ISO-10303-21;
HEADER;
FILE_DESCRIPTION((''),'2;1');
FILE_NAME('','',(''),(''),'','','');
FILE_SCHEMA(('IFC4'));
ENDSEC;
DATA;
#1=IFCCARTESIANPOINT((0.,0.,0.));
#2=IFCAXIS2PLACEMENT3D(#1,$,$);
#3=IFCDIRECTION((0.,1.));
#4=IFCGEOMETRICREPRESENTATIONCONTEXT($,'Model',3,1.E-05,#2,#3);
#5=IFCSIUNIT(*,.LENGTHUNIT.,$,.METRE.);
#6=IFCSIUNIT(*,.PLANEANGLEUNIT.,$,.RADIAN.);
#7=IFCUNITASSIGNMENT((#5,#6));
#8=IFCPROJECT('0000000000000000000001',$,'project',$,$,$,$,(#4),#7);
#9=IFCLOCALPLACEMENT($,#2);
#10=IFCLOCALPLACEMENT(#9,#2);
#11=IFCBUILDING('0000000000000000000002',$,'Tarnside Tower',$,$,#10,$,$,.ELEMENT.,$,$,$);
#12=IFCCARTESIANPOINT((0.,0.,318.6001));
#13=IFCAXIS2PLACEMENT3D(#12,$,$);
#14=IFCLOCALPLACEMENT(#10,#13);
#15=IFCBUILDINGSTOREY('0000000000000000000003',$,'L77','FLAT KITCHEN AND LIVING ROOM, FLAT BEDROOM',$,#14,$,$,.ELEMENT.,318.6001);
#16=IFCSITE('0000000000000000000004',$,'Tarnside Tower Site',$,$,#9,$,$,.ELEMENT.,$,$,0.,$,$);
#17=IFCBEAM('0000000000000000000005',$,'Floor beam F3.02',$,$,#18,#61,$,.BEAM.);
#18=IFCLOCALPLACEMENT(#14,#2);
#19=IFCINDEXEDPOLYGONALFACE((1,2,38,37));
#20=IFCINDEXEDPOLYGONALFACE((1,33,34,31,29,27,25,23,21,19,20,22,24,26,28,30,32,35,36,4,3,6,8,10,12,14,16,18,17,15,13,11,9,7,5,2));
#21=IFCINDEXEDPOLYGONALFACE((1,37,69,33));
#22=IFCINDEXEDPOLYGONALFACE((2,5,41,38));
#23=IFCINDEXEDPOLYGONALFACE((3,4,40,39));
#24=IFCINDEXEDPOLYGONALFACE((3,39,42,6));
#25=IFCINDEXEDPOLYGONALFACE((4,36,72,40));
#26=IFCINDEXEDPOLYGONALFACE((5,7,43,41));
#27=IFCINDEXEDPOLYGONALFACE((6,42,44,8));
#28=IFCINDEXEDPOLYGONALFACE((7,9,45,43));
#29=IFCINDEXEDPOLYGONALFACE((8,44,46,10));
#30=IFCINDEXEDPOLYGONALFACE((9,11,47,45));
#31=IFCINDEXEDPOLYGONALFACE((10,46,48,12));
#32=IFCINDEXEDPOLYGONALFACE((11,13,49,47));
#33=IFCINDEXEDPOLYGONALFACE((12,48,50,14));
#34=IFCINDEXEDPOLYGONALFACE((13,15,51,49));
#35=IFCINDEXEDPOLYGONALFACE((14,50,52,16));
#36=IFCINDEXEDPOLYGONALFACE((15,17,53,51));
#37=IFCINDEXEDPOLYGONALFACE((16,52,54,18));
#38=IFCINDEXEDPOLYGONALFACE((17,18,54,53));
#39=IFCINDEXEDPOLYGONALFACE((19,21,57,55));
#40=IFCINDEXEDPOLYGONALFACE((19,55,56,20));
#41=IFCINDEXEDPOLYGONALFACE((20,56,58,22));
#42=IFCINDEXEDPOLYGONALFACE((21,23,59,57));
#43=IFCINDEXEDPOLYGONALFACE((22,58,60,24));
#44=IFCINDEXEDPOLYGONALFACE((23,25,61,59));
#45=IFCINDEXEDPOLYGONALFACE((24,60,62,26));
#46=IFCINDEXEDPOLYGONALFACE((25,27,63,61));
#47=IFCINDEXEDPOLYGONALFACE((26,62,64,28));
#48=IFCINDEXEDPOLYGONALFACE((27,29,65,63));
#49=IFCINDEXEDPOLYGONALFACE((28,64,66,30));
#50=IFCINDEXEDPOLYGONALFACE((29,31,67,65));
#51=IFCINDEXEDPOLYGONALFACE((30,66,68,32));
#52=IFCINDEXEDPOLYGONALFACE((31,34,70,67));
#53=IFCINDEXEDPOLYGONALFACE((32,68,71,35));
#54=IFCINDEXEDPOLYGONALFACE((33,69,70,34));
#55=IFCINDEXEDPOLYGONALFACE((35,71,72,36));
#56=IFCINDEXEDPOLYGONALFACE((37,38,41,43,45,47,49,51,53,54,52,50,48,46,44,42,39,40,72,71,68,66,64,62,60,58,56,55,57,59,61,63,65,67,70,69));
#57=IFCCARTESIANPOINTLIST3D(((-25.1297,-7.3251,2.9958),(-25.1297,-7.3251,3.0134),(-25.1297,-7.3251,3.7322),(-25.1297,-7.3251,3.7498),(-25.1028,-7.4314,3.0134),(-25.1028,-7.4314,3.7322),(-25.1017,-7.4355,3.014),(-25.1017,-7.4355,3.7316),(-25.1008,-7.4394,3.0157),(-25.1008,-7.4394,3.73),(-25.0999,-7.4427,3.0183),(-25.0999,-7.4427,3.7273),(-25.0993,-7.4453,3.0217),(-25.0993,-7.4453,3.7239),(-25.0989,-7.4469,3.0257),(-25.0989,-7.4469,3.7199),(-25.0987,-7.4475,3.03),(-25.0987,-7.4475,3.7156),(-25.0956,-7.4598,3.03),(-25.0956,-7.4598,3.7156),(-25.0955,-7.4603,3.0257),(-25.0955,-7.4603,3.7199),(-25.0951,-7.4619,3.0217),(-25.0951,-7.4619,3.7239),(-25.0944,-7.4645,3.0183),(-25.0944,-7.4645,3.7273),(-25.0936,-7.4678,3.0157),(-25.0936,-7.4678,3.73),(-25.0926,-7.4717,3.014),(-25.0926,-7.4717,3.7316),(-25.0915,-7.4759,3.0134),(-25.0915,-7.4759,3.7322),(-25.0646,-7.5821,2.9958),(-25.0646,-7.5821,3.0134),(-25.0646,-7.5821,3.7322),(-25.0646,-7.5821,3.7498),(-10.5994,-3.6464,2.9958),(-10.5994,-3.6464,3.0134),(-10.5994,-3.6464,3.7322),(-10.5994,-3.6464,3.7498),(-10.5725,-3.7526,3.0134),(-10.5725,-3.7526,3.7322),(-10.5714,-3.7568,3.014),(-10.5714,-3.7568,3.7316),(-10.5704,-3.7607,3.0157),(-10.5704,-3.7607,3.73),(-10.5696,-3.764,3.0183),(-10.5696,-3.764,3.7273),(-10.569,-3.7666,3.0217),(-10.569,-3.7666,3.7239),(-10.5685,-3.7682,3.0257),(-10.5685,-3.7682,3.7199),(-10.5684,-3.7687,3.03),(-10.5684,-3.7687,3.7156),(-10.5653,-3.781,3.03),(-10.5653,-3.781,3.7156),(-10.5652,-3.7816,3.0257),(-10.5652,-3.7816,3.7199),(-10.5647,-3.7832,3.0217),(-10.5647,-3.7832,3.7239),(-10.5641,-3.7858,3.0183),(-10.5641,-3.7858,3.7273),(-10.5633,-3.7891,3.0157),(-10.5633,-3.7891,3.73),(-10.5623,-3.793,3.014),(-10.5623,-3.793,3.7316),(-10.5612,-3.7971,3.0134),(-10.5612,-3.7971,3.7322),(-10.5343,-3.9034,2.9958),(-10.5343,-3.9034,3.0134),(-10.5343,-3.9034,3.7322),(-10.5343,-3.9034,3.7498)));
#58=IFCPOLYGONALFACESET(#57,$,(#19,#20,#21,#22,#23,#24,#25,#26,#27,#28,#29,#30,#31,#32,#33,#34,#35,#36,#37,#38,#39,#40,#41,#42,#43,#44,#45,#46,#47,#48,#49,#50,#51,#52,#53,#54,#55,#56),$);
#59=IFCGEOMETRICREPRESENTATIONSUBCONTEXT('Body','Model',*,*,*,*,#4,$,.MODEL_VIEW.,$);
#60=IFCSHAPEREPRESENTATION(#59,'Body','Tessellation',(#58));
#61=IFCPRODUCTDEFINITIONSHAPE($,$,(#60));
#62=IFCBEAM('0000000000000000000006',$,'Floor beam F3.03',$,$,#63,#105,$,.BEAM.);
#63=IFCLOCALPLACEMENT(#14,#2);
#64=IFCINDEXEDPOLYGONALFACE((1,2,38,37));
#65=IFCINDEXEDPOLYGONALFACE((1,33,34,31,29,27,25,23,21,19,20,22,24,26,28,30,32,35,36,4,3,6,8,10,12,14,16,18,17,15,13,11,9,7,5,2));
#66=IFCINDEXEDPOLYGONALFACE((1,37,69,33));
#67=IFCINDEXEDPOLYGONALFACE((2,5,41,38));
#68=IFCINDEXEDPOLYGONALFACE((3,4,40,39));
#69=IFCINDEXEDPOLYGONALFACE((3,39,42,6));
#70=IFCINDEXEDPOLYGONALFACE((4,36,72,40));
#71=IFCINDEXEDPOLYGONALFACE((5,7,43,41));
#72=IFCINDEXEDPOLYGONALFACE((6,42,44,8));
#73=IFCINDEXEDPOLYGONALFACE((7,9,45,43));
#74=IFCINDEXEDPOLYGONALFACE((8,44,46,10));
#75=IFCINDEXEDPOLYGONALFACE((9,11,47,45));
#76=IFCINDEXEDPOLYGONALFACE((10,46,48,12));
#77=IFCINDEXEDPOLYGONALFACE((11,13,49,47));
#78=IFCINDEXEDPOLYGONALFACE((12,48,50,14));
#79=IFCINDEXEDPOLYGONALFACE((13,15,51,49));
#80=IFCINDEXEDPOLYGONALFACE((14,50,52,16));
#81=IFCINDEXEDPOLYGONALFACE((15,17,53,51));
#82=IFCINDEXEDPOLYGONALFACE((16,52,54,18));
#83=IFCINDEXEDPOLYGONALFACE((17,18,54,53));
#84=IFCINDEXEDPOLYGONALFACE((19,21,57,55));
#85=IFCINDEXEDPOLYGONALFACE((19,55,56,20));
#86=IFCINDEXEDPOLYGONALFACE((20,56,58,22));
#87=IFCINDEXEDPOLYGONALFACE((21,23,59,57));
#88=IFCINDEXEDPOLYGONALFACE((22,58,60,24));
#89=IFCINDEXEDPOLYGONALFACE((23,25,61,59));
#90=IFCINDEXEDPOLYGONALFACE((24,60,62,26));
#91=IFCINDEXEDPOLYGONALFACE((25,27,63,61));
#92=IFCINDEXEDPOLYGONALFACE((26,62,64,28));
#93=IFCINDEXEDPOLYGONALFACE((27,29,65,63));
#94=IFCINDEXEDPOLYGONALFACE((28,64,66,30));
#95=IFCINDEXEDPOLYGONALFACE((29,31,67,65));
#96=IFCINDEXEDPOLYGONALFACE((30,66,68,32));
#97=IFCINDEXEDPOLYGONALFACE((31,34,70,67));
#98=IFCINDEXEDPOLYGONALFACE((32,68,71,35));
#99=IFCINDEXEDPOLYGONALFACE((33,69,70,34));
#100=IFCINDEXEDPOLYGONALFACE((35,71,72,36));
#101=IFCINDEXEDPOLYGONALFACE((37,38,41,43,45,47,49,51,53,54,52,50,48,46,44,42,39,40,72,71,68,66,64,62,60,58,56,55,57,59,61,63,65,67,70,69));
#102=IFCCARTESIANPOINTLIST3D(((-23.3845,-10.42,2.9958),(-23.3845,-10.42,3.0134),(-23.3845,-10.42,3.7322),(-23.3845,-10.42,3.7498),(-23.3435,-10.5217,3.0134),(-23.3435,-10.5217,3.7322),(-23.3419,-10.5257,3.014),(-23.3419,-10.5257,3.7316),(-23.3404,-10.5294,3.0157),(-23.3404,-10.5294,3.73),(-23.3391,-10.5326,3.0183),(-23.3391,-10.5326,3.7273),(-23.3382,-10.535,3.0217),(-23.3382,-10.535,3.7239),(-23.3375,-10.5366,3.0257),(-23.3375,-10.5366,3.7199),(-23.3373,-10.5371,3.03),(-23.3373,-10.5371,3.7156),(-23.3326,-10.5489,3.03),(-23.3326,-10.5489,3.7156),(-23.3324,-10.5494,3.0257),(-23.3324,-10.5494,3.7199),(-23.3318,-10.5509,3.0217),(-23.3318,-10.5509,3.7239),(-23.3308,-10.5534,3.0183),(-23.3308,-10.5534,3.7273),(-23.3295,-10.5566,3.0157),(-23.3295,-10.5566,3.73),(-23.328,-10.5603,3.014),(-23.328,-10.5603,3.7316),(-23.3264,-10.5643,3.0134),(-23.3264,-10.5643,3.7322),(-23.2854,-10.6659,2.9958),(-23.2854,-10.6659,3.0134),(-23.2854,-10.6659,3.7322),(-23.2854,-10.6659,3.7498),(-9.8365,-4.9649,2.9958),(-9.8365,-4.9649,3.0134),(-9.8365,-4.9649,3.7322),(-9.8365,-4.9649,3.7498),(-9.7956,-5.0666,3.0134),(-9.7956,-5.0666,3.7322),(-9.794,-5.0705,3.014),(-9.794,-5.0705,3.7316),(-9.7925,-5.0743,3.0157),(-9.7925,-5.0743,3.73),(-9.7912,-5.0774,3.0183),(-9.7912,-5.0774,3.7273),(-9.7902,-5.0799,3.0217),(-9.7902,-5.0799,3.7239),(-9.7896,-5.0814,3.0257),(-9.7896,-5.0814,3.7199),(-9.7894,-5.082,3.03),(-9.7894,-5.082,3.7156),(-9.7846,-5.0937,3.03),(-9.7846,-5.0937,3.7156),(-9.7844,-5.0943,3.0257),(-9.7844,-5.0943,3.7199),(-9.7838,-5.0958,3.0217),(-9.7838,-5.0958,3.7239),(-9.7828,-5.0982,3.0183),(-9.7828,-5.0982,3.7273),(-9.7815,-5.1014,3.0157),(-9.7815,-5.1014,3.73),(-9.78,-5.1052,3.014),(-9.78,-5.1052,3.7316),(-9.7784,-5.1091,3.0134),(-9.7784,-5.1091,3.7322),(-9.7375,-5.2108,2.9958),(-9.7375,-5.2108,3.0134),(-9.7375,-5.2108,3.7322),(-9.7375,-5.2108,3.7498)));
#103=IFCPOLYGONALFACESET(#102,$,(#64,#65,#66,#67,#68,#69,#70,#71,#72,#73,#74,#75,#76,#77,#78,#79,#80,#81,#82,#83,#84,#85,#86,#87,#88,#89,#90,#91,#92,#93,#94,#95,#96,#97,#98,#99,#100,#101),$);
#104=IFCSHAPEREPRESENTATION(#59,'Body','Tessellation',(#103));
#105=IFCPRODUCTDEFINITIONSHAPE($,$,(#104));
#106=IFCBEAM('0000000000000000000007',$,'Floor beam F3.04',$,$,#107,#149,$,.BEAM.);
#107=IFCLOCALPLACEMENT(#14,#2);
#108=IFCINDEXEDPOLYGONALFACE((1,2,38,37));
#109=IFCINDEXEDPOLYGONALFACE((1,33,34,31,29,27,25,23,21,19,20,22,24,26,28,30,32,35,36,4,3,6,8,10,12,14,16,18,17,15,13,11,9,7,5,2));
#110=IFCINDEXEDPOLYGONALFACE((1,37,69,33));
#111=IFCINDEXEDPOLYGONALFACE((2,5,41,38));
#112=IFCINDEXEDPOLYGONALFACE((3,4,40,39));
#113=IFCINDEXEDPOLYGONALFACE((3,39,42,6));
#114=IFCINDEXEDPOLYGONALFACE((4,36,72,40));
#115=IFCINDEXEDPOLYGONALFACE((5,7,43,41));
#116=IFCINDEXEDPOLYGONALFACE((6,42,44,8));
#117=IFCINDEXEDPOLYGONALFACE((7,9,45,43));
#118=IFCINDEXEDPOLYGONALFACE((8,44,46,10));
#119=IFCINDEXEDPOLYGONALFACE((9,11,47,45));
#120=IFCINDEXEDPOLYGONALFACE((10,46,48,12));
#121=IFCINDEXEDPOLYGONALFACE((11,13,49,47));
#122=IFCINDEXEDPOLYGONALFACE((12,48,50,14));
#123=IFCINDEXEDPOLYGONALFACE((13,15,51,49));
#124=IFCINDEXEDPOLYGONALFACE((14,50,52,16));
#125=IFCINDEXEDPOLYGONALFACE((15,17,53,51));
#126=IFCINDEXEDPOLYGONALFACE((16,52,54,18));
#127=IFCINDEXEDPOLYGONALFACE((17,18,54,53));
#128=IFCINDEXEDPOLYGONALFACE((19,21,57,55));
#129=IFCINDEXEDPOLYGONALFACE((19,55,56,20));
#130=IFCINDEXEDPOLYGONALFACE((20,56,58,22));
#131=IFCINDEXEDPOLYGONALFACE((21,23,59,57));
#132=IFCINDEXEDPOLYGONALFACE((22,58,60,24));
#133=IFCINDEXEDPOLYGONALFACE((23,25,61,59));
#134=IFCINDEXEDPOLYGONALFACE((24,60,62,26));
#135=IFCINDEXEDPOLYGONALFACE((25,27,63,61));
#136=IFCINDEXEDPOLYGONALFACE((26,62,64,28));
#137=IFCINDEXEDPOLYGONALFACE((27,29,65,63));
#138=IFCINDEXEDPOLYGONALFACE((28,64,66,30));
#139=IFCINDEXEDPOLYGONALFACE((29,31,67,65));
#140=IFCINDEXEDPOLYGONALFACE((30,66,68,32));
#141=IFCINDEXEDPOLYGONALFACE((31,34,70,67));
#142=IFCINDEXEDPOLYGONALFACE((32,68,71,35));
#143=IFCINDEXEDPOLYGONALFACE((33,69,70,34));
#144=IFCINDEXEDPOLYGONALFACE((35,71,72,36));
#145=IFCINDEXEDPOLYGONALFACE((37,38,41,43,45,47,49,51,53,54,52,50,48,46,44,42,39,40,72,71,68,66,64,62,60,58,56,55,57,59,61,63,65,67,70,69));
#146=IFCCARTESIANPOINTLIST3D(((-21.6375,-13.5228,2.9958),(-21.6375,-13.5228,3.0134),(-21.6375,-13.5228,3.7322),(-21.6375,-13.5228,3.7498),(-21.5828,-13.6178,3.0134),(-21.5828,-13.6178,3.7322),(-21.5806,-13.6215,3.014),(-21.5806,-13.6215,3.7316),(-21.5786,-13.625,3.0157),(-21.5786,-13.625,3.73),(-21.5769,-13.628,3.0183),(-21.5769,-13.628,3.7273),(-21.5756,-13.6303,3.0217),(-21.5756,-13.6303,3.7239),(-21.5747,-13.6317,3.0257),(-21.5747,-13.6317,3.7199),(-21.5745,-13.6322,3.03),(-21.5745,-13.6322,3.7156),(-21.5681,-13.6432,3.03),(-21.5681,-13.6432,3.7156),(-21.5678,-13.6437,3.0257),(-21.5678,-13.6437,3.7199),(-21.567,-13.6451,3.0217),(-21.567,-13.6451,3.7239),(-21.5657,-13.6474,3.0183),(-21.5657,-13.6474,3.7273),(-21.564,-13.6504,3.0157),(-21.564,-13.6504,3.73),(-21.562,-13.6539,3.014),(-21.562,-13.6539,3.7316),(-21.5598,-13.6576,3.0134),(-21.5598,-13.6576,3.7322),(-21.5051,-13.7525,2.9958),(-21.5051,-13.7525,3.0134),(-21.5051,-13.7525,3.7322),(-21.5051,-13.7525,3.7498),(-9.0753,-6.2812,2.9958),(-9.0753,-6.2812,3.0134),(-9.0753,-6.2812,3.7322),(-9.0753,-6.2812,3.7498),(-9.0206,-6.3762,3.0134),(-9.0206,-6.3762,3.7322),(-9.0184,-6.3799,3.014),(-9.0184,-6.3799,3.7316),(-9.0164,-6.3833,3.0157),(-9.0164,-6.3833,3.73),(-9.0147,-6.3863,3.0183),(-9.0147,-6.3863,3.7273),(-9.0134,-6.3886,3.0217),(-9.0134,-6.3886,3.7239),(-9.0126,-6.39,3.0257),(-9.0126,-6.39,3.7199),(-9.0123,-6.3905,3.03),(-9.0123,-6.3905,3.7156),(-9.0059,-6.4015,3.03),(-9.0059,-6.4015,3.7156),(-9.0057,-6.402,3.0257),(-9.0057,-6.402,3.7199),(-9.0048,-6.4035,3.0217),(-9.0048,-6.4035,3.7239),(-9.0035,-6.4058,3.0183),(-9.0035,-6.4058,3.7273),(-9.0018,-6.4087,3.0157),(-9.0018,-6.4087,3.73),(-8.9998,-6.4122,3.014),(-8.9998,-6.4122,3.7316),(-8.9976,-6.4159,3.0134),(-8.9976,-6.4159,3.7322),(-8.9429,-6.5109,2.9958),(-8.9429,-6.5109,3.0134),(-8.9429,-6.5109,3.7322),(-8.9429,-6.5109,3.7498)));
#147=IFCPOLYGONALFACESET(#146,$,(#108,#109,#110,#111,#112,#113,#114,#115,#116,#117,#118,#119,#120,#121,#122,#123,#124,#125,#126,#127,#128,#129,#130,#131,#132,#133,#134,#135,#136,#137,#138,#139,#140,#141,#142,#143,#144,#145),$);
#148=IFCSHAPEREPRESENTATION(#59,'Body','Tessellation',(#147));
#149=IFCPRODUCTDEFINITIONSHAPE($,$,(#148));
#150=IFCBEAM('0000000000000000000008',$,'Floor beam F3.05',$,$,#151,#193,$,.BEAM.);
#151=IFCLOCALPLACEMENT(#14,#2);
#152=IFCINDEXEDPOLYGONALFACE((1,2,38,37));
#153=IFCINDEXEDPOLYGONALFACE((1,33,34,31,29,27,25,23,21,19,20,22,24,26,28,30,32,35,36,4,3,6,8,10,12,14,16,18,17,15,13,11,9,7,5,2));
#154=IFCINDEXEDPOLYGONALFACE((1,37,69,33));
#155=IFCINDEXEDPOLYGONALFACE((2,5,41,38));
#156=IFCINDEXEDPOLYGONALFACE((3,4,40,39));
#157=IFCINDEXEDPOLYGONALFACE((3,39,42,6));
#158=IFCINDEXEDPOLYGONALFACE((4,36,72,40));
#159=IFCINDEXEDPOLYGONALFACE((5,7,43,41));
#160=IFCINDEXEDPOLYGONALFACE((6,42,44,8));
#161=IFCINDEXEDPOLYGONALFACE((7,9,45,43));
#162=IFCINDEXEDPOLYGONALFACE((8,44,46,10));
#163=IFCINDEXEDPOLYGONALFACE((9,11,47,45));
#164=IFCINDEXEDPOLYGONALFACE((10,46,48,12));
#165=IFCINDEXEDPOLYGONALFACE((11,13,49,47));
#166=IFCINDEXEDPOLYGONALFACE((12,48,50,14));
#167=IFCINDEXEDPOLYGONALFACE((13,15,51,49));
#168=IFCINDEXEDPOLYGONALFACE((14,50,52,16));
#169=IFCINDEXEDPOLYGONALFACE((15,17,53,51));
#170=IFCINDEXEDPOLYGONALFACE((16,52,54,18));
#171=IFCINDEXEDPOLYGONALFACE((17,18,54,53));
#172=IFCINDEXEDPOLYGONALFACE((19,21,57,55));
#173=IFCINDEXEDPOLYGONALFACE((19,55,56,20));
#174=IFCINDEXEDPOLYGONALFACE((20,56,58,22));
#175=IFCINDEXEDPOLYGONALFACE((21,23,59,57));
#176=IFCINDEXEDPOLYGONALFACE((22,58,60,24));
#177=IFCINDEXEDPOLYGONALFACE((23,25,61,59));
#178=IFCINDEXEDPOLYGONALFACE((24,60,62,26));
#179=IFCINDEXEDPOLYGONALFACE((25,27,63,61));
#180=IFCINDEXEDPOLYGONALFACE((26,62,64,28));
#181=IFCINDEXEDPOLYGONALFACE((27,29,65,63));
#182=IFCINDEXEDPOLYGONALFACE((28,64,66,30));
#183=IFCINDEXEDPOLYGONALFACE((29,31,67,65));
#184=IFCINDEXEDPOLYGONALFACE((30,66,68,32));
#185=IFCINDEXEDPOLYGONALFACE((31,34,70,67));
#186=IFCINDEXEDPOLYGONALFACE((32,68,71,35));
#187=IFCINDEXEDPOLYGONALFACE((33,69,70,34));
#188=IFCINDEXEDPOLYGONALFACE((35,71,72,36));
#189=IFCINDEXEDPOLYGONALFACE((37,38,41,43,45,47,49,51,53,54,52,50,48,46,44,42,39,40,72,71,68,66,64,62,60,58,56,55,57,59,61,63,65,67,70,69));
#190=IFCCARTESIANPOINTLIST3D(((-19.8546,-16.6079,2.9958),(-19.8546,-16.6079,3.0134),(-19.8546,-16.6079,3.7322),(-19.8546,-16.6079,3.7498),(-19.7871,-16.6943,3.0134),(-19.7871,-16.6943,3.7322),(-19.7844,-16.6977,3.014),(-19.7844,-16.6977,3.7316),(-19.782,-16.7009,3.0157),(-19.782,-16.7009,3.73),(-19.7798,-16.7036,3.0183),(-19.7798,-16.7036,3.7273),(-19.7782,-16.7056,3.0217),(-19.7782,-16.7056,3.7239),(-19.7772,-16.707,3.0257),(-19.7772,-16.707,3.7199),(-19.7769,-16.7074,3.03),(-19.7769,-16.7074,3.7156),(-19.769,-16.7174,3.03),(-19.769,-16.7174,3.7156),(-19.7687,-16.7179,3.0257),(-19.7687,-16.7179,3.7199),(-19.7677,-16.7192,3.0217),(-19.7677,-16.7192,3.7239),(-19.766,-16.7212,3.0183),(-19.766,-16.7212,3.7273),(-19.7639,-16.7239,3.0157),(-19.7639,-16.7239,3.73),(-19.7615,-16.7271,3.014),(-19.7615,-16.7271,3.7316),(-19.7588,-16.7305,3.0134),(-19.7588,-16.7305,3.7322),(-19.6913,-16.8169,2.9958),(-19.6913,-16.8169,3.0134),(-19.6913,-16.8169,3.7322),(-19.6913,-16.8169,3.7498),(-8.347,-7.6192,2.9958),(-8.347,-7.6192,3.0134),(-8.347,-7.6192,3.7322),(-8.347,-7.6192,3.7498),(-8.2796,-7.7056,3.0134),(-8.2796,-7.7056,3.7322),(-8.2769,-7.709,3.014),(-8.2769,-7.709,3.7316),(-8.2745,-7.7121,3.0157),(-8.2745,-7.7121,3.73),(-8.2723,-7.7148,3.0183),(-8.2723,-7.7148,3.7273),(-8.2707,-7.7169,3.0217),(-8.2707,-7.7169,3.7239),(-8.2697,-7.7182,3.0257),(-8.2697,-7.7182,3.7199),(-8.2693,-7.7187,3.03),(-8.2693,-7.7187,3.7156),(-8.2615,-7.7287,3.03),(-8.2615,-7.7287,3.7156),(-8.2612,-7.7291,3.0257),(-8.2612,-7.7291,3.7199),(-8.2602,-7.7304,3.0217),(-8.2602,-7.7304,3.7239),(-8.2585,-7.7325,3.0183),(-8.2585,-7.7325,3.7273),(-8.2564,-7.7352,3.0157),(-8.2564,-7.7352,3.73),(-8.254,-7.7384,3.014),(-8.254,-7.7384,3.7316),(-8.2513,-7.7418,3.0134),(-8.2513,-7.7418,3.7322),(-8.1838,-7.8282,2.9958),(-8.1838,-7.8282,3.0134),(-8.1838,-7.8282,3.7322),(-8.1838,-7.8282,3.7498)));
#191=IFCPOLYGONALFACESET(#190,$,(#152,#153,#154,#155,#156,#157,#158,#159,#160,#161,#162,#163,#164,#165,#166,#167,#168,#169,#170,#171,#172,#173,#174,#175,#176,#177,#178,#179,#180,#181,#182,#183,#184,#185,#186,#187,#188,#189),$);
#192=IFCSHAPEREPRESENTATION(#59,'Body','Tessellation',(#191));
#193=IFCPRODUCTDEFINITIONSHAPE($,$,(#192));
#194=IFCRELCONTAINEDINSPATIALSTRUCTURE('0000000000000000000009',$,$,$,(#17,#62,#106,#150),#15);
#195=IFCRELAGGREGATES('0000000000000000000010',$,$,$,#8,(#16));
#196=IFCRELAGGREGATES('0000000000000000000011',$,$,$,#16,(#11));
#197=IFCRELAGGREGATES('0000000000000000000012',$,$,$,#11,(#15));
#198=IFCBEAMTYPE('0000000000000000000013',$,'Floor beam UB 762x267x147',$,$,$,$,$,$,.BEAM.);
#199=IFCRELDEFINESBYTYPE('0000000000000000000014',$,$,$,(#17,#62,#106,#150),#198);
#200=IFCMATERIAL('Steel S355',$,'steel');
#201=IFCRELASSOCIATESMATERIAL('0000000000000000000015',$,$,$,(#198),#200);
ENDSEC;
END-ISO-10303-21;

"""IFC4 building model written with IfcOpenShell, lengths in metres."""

from ifc_helpers import new_model, si_unit, direction, frame, origin, origin_2d, place, context, subcontext, project, spatial, i_section, extrude, material, material_profile, profile_set, type_object, element, save


model = new_model("IFC4")

# Units and contexts
model_context = context("Model", 3, precision=1e-05, world=origin(), true_north=direction((0.0, 1.0)))
body_context = subcontext(model_context, "Body", "Model", "MODEL_VIEW")
ifc_project = project(units=[si_unit("LENGTHUNIT", "METRE"), si_unit("PLANEANGLEUNIT", "RADIAN")], contexts=[model_context])

# Site, building, storey
site_placement = place(None, origin())
site = spatial("IfcSite", under=ifc_project, at=site_placement, Name="Tarnside Tower Site", CompositionType="ELEMENT", RefElevation=0.0)
building_placement = place(site_placement, origin())
building = spatial("IfcBuilding", under=site, at=building_placement, Name="Tarnside Tower", CompositionType="ELEMENT")
storey_placement = place(building_placement, frame((0.0, 0.0, 318.6001)))
storey = spatial("IfcBuildingStorey", under=building, at=storey_placement, Name="L77", Description="FLAT KITCHEN AND LIVING ROOM, FLAT BEDROOM", CompositionType="ELEMENT", Elevation=318.6001)

# Beams
ifc_material_1 = material(Name="Steel S355", Category="steel")
ifc_material_profile_1 = material_profile(ifc_material_1, i_section(OverallWidth=0.2651, OverallDepth=0.7539, WebThickness=0.0127, FlangeThickness=0.0176, FilletRadius=0.0166, at=origin_2d()), Name="UB 762x267x147")
ifc_profile_set_1 = profile_set([ifc_material_profile_1], Name="Steel S355")
beam_type_1 = type_object("IfcBeamType", Name="Floor beam UB 762x267x147", PredefinedType="BEAM", material=ifc_profile_set_1)
beam_1_placement = place(storey_placement, frame((-25.0972, -7.4536, 3.3728), z_axis=(0.969414, 0.245432, 0.0), x_axis=(-0.245432, 0.969414, 0.0)))
element("IfcBeam", 1, at=beam_1_placement, inside=storey, type_object=beam_type_1, Name="Floor beam F3.02", PredefinedType="BEAM", context=body_context, shape_type="SweptSolid", body=[
    extrude(i_section(OverallWidth=0.2651, OverallDepth=0.7539, WebThickness=0.0127, FlangeThickness=0.0176, FilletRadius=0.0166, at=origin_2d()), origin(), (0.0, 0.0, 1.0), 14.9888),
])
beam_2_placement = place(storey_placement, frame((-23.335, -10.543, 3.3728), z_axis=(0.927626, 0.373511, 0.0), x_axis=(-0.373511, 0.927626, 0.0)))
element("IfcBeam", 2, at=beam_2_placement, inside=storey, type_object=beam_type_1, Name="Floor beam F3.03", PredefinedType="BEAM", context=body_context, shape_type="SweptSolid", body=[
    extrude(i_section(OverallWidth=0.2651, OverallDepth=0.7539, WebThickness=0.0127, FlangeThickness=0.0176, FilletRadius=0.0166, at=origin_2d()), origin(), (0.0, 0.0, 1.0), 14.605),
])
beam_3_placement = place(storey_placement, frame((-21.5713, -13.6377, 3.3728), z_axis=(0.866357, 0.499425, 0.0), x_axis=(-0.499425, 0.866357, 0.0)))
element("IfcBeam", 3, at=beam_3_placement, inside=storey, type_object=beam_type_1, Name="Floor beam F3.04", PredefinedType="BEAM", context=body_context, shape_type="SweptSolid", body=[
    extrude(i_section(OverallWidth=0.2651, OverallDepth=0.7539, WebThickness=0.0127, FlangeThickness=0.0176, FilletRadius=0.0166, at=origin_2d()), origin(), (0.0, 0.0, 1.0), 14.5),
])
beam_4_placement = place(storey_placement, frame((-19.7729, -16.7124, 3.3728), z_axis=(0.788075, 0.615579, 0.0), x_axis=(-0.615579, 0.788075, 0.0)))
element("IfcBeam", 4, at=beam_4_placement, inside=storey, type_object=beam_type_1, Name="Floor beam F3.05", PredefinedType="BEAM", context=body_context, shape_type="SweptSolid", body=[
    extrude(i_section(OverallWidth=0.2651, OverallDepth=0.7539, WebThickness=0.0127, FlangeThickness=0.0176, FilletRadius=0.0166, at=origin_2d()), origin(), (0.0, 0.0, 1.0), 14.6021),
])

save(model, "model.ifc")
